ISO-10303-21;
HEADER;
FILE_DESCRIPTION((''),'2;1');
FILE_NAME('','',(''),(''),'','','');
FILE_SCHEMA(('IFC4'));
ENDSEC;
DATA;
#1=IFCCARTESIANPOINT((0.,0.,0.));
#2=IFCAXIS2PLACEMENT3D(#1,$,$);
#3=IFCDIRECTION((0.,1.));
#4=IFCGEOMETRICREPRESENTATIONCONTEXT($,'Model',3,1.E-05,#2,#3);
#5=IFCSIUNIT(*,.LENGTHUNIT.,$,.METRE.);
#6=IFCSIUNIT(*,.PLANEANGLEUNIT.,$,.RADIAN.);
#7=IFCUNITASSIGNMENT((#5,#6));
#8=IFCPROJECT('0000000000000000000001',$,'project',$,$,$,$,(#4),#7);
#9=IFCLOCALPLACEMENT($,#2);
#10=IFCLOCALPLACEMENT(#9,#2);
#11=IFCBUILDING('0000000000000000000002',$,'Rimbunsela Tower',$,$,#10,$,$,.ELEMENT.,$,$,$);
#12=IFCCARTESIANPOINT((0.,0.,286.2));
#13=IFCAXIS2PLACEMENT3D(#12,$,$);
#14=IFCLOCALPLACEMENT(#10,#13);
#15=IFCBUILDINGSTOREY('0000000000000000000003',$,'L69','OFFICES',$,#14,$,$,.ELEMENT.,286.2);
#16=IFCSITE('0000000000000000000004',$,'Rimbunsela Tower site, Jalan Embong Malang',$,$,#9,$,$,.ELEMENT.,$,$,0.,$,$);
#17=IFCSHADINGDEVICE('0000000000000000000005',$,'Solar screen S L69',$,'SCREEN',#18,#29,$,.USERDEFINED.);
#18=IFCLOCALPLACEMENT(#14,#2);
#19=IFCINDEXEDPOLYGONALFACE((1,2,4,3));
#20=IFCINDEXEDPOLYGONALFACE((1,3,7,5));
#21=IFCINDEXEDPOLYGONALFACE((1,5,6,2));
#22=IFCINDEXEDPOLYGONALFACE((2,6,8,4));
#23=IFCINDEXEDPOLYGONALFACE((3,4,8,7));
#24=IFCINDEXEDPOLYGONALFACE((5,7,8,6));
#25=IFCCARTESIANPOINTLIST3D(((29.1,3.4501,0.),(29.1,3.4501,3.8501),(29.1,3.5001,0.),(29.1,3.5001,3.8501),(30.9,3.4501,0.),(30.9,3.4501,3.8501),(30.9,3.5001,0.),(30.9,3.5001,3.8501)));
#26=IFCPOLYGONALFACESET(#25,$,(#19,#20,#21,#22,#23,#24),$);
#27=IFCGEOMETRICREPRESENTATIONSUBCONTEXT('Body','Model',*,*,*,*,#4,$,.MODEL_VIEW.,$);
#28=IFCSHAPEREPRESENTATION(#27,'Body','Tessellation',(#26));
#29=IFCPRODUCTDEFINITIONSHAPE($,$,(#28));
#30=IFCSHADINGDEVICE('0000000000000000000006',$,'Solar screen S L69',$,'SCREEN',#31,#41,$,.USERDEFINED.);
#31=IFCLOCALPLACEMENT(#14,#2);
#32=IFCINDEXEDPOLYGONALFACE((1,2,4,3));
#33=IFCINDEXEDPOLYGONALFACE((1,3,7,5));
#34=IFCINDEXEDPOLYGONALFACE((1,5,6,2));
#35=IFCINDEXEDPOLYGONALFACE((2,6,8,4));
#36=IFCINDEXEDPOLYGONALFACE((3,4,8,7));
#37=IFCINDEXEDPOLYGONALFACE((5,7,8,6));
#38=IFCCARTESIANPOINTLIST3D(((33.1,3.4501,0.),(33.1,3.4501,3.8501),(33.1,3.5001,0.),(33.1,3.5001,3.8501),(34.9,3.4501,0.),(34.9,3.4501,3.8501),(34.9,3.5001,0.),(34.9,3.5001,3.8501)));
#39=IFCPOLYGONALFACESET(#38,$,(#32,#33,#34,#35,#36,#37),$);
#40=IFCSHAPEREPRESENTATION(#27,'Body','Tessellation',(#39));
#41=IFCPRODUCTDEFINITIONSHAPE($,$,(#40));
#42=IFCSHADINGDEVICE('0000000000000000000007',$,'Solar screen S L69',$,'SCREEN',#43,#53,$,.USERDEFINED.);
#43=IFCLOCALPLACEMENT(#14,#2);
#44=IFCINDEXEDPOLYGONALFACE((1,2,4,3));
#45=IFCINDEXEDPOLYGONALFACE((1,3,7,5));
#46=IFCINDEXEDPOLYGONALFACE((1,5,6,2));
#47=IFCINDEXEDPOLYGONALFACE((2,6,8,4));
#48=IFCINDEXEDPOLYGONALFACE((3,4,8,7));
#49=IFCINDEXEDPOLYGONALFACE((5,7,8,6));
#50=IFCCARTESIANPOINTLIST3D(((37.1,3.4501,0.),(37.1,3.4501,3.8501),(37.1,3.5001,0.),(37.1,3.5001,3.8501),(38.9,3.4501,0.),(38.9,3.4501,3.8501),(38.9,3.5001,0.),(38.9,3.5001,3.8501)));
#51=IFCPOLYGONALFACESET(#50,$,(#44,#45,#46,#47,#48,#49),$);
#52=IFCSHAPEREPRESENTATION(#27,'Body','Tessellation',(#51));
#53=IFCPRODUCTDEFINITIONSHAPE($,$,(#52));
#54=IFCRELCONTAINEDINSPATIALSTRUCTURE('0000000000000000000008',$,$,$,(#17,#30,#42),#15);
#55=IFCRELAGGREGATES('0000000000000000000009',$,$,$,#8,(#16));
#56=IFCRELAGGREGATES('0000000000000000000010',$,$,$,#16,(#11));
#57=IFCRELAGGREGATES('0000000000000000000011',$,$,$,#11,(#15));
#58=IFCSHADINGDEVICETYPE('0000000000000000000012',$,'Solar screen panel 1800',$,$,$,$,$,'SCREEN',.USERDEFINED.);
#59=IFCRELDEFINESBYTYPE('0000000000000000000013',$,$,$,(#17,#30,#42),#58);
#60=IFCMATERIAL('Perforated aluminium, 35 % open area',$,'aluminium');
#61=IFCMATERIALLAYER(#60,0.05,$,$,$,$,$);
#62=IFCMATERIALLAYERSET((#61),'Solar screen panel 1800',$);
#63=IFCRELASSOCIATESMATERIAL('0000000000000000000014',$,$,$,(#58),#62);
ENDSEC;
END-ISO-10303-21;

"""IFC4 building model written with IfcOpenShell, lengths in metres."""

from ifc_helpers import new_model, si_unit, direction, frame, origin, origin_2d, place, context, subcontext, project, spatial, rectangle, extrude, material, layer, layer_set, type_object, element, save


model = new_model("IFC4")

# Units and contexts
model_context = context("Model", 3, precision=1e-05, world=origin(), true_north=direction((0.0, 1.0)))
body_context = subcontext(model_context, "Body", "Model", "MODEL_VIEW")
ifc_project = project(units=[si_unit("LENGTHUNIT", "METRE"), si_unit("PLANEANGLEUNIT", "RADIAN")], contexts=[model_context])

# Site, building, storey
site_placement = place(None, origin())
site = spatial("IfcSite", under=ifc_project, at=site_placement, Name="Rimbunsela Tower site, Jalan Embong Malang", CompositionType="ELEMENT", RefElevation=0.0)
building_placement = place(site_placement, origin())
building = spatial("IfcBuilding", under=site, at=building_placement, Name="Rimbunsela Tower", CompositionType="ELEMENT")
storey_placement = place(building_placement, frame((0.0, 0.0, 286.2)))
storey = spatial("IfcBuildingStorey", under=building, at=storey_placement, Name="L69", Description="OFFICES", CompositionType="ELEMENT", Elevation=286.2)

# Shading devices
ifc_material_1 = material(Name="Perforated aluminium, 35 % open area", Category="aluminium")
ifc_layer_1 = layer(ifc_material_1, 0.05)
ifc_layer_set_1 = layer_set([ifc_layer_1], Name="Solar screen panel 1800")
shading_device_type = type_object("IfcShadingDeviceType", Name="Solar screen panel 1800", ElementType="SCREEN", PredefinedType="USERDEFINED", material=ifc_layer_set_1)
for number, where, z_axis, x_axis, name in (
    (1, (30.0, 3.4751, 0.0), (0.0, 0.0, 1.0), (1.0, 0.0, 0.0), "Solar screen S L69"),
    (2, (34.0, 3.4751, 0.0), (0.0, 0.0, 1.0), (1.0, 0.0, 0.0), "Solar screen S L69"),
    (3, (38.0, 3.4751, 0.0), (0.0, 0.0, 1.0), (1.0, 0.0, 0.0), "Solar screen S L69"),
):
    element("IfcShadingDevice", number, at=place(storey_placement, frame(where, z_axis=z_axis, x_axis=x_axis)), inside=storey, type_object=shading_device_type, Name=name, ObjectType="SCREEN", PredefinedType="USERDEFINED", context=body_context, shape_type="SweptSolid", body=[
        extrude(rectangle(XDim=1.8, YDim=0.05, at=origin_2d()), origin(), (0.0, 0.0, 1.0), 3.8501),
    ])

save(model, "model.ifc")
